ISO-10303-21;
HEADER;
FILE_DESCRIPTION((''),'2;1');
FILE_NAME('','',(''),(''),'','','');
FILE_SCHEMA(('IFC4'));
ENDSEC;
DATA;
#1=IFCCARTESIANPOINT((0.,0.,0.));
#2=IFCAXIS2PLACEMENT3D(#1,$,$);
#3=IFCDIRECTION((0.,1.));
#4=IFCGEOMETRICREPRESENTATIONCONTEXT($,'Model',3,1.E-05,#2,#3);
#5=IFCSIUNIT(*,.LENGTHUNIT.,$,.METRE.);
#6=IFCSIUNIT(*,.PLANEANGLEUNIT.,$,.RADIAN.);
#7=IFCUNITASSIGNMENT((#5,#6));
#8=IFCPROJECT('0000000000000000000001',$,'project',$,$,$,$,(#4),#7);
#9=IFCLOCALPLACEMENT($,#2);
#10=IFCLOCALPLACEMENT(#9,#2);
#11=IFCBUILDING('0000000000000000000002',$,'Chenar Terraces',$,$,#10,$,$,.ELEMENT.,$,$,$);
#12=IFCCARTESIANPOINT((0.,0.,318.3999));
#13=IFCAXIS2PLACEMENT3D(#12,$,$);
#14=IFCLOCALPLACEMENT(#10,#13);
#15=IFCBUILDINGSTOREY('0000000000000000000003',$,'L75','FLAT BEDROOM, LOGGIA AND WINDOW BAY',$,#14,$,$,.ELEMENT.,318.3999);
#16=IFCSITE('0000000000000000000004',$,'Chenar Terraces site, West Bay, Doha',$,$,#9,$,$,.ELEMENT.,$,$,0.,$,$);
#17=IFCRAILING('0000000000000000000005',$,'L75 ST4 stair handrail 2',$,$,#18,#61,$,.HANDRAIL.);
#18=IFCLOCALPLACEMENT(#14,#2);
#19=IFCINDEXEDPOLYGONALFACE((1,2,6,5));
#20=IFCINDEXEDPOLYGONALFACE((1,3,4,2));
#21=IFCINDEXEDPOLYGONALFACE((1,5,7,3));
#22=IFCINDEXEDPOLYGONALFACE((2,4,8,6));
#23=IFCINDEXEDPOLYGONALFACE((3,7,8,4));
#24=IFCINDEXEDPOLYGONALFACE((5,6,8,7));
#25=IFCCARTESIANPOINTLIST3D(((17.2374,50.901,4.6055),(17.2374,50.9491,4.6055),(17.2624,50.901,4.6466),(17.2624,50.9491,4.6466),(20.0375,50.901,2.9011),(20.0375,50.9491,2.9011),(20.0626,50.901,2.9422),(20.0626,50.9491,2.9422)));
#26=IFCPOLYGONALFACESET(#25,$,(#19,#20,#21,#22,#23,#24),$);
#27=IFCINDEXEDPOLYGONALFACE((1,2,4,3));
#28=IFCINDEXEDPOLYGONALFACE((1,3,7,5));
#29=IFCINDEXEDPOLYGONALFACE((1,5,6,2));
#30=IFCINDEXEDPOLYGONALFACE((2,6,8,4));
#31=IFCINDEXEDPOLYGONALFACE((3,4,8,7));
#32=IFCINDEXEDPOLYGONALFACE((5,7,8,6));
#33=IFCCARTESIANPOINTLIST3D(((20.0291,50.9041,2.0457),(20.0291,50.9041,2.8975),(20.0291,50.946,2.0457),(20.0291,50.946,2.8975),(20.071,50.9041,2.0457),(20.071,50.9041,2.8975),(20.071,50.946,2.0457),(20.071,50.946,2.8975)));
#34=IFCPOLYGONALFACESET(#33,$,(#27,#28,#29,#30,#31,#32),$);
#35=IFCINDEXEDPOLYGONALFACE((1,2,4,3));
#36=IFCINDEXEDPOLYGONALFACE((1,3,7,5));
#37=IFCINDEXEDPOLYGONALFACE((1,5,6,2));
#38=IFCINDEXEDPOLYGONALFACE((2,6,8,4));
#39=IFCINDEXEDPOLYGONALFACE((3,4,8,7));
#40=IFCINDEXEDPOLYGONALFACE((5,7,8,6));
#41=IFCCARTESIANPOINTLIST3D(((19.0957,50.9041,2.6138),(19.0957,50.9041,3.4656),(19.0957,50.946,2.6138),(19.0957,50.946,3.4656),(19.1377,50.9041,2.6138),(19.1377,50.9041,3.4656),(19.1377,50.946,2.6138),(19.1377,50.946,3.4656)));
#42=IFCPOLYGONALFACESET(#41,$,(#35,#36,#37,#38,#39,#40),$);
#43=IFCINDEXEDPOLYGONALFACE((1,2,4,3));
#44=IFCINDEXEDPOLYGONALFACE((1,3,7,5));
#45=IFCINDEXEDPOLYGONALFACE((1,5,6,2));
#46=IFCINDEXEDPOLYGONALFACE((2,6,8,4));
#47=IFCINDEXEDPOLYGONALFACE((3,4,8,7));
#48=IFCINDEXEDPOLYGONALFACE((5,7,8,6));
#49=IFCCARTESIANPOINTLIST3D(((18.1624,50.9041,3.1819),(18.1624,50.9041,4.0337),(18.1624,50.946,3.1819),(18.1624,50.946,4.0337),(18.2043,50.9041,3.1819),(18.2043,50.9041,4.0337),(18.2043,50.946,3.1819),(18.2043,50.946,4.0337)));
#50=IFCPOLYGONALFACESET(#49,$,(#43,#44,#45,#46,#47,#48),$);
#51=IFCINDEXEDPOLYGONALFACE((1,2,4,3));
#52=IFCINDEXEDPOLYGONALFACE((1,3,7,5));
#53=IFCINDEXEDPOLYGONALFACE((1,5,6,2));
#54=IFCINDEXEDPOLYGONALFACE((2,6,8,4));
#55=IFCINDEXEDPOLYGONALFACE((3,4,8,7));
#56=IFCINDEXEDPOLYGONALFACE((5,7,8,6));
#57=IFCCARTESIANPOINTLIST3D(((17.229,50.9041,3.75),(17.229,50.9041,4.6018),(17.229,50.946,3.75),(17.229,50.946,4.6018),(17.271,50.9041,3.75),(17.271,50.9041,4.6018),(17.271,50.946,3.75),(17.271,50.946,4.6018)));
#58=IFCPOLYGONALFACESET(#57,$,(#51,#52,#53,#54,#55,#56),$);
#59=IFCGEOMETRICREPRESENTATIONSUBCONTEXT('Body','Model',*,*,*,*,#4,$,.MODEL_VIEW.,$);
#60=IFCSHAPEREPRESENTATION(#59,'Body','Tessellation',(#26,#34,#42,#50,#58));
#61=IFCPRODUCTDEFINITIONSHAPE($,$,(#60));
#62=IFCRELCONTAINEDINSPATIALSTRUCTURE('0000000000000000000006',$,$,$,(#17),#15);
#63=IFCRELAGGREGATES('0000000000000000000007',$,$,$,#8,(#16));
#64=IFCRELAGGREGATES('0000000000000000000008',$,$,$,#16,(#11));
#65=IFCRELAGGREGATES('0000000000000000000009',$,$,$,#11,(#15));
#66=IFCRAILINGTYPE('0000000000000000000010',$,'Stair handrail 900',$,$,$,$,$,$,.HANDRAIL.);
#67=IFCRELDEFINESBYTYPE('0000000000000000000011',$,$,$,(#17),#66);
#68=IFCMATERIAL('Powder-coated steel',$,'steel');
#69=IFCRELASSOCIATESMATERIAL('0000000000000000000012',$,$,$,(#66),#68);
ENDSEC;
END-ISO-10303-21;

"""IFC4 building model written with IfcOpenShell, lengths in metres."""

from ifc_helpers import new_model, si_unit, direction, frame, origin, origin_2d, place, context, subcontext, project, spatial, rectangle, extrude, material, type_object, element, save


model = new_model("IFC4")

# Units and contexts
model_context = context("Model", 3, precision=1e-05, world=origin(), true_north=direction((0.0, 1.0)))
body_context = subcontext(model_context, "Body", "Model", "MODEL_VIEW")
ifc_project = project(units=[si_unit("LENGTHUNIT", "METRE"), si_unit("PLANEANGLEUNIT", "RADIAN")], contexts=[model_context])

# Site, building, storey
site_placement = place(None, origin())
site = spatial("IfcSite", under=ifc_project, at=site_placement, Name="Chenar Terraces site, West Bay, Doha", CompositionType="ELEMENT", RefElevation=0.0)
building_placement = place(site_placement, origin())
building = spatial("IfcBuilding", under=site, at=building_placement, Name="Chenar Terraces", CompositionType="ELEMENT")
storey_placement = place(building_placement, frame((0.0, 0.0, 318.3999)))
storey = spatial("IfcBuildingStorey", under=building, at=storey_placement, Name="L75", Description="FLAT BEDROOM, LOGGIA AND WINDOW BAY", CompositionType="ELEMENT", Elevation=318.3999)

# Railing
ifc_material_1 = material(Name="Powder-coated steel", Category="steel")
railing_type_1 = type_object("IfcRailingType", Name="Stair handrail 900", PredefinedType="HANDRAIL", material=ifc_material_1)
railing_1_placement = place(storey_placement, frame((20.05, 50.925, 2.0457)))
element("IfcRailing", 1, at=railing_1_placement, inside=storey, type_object=railing_type_1, Name="L75 ST4 stair handrail 2", PredefinedType="HANDRAIL", context=body_context, shape_type="SweptSolid", body=[
    extrude(rectangle(XDim=0.0481, YDim=0.0481, at=origin_2d()), frame((0.0, 0.0, 0.876), z_axis=(-0.854203, 0.0, 0.51994), x_axis=(0.0, -1.0, 0.0)), (0.0, 0.0, 1.0), 3.2781),
    extrude(rectangle(XDim=0.042, YDim=0.042, at=origin_2d()), origin(), (0.0, 0.0, 1.0), 0.8518),
    extrude(rectangle(XDim=0.042, YDim=0.042, at=origin_2d()), frame((-0.9333, 0.0, 0.5681)), (0.0, 0.0, 1.0), 0.8518),
    extrude(rectangle(XDim=0.042, YDim=0.042, at=origin_2d()), frame((-1.8667, 0.0, 1.1362)), (0.0, 0.0, 1.0), 0.8518),
    extrude(rectangle(XDim=0.042, YDim=0.042, at=origin_2d()), frame((-2.8, 0.0, 1.7043)), (0.0, 0.0, 1.0), 0.8518),
])

save(model, "model.ifc")
